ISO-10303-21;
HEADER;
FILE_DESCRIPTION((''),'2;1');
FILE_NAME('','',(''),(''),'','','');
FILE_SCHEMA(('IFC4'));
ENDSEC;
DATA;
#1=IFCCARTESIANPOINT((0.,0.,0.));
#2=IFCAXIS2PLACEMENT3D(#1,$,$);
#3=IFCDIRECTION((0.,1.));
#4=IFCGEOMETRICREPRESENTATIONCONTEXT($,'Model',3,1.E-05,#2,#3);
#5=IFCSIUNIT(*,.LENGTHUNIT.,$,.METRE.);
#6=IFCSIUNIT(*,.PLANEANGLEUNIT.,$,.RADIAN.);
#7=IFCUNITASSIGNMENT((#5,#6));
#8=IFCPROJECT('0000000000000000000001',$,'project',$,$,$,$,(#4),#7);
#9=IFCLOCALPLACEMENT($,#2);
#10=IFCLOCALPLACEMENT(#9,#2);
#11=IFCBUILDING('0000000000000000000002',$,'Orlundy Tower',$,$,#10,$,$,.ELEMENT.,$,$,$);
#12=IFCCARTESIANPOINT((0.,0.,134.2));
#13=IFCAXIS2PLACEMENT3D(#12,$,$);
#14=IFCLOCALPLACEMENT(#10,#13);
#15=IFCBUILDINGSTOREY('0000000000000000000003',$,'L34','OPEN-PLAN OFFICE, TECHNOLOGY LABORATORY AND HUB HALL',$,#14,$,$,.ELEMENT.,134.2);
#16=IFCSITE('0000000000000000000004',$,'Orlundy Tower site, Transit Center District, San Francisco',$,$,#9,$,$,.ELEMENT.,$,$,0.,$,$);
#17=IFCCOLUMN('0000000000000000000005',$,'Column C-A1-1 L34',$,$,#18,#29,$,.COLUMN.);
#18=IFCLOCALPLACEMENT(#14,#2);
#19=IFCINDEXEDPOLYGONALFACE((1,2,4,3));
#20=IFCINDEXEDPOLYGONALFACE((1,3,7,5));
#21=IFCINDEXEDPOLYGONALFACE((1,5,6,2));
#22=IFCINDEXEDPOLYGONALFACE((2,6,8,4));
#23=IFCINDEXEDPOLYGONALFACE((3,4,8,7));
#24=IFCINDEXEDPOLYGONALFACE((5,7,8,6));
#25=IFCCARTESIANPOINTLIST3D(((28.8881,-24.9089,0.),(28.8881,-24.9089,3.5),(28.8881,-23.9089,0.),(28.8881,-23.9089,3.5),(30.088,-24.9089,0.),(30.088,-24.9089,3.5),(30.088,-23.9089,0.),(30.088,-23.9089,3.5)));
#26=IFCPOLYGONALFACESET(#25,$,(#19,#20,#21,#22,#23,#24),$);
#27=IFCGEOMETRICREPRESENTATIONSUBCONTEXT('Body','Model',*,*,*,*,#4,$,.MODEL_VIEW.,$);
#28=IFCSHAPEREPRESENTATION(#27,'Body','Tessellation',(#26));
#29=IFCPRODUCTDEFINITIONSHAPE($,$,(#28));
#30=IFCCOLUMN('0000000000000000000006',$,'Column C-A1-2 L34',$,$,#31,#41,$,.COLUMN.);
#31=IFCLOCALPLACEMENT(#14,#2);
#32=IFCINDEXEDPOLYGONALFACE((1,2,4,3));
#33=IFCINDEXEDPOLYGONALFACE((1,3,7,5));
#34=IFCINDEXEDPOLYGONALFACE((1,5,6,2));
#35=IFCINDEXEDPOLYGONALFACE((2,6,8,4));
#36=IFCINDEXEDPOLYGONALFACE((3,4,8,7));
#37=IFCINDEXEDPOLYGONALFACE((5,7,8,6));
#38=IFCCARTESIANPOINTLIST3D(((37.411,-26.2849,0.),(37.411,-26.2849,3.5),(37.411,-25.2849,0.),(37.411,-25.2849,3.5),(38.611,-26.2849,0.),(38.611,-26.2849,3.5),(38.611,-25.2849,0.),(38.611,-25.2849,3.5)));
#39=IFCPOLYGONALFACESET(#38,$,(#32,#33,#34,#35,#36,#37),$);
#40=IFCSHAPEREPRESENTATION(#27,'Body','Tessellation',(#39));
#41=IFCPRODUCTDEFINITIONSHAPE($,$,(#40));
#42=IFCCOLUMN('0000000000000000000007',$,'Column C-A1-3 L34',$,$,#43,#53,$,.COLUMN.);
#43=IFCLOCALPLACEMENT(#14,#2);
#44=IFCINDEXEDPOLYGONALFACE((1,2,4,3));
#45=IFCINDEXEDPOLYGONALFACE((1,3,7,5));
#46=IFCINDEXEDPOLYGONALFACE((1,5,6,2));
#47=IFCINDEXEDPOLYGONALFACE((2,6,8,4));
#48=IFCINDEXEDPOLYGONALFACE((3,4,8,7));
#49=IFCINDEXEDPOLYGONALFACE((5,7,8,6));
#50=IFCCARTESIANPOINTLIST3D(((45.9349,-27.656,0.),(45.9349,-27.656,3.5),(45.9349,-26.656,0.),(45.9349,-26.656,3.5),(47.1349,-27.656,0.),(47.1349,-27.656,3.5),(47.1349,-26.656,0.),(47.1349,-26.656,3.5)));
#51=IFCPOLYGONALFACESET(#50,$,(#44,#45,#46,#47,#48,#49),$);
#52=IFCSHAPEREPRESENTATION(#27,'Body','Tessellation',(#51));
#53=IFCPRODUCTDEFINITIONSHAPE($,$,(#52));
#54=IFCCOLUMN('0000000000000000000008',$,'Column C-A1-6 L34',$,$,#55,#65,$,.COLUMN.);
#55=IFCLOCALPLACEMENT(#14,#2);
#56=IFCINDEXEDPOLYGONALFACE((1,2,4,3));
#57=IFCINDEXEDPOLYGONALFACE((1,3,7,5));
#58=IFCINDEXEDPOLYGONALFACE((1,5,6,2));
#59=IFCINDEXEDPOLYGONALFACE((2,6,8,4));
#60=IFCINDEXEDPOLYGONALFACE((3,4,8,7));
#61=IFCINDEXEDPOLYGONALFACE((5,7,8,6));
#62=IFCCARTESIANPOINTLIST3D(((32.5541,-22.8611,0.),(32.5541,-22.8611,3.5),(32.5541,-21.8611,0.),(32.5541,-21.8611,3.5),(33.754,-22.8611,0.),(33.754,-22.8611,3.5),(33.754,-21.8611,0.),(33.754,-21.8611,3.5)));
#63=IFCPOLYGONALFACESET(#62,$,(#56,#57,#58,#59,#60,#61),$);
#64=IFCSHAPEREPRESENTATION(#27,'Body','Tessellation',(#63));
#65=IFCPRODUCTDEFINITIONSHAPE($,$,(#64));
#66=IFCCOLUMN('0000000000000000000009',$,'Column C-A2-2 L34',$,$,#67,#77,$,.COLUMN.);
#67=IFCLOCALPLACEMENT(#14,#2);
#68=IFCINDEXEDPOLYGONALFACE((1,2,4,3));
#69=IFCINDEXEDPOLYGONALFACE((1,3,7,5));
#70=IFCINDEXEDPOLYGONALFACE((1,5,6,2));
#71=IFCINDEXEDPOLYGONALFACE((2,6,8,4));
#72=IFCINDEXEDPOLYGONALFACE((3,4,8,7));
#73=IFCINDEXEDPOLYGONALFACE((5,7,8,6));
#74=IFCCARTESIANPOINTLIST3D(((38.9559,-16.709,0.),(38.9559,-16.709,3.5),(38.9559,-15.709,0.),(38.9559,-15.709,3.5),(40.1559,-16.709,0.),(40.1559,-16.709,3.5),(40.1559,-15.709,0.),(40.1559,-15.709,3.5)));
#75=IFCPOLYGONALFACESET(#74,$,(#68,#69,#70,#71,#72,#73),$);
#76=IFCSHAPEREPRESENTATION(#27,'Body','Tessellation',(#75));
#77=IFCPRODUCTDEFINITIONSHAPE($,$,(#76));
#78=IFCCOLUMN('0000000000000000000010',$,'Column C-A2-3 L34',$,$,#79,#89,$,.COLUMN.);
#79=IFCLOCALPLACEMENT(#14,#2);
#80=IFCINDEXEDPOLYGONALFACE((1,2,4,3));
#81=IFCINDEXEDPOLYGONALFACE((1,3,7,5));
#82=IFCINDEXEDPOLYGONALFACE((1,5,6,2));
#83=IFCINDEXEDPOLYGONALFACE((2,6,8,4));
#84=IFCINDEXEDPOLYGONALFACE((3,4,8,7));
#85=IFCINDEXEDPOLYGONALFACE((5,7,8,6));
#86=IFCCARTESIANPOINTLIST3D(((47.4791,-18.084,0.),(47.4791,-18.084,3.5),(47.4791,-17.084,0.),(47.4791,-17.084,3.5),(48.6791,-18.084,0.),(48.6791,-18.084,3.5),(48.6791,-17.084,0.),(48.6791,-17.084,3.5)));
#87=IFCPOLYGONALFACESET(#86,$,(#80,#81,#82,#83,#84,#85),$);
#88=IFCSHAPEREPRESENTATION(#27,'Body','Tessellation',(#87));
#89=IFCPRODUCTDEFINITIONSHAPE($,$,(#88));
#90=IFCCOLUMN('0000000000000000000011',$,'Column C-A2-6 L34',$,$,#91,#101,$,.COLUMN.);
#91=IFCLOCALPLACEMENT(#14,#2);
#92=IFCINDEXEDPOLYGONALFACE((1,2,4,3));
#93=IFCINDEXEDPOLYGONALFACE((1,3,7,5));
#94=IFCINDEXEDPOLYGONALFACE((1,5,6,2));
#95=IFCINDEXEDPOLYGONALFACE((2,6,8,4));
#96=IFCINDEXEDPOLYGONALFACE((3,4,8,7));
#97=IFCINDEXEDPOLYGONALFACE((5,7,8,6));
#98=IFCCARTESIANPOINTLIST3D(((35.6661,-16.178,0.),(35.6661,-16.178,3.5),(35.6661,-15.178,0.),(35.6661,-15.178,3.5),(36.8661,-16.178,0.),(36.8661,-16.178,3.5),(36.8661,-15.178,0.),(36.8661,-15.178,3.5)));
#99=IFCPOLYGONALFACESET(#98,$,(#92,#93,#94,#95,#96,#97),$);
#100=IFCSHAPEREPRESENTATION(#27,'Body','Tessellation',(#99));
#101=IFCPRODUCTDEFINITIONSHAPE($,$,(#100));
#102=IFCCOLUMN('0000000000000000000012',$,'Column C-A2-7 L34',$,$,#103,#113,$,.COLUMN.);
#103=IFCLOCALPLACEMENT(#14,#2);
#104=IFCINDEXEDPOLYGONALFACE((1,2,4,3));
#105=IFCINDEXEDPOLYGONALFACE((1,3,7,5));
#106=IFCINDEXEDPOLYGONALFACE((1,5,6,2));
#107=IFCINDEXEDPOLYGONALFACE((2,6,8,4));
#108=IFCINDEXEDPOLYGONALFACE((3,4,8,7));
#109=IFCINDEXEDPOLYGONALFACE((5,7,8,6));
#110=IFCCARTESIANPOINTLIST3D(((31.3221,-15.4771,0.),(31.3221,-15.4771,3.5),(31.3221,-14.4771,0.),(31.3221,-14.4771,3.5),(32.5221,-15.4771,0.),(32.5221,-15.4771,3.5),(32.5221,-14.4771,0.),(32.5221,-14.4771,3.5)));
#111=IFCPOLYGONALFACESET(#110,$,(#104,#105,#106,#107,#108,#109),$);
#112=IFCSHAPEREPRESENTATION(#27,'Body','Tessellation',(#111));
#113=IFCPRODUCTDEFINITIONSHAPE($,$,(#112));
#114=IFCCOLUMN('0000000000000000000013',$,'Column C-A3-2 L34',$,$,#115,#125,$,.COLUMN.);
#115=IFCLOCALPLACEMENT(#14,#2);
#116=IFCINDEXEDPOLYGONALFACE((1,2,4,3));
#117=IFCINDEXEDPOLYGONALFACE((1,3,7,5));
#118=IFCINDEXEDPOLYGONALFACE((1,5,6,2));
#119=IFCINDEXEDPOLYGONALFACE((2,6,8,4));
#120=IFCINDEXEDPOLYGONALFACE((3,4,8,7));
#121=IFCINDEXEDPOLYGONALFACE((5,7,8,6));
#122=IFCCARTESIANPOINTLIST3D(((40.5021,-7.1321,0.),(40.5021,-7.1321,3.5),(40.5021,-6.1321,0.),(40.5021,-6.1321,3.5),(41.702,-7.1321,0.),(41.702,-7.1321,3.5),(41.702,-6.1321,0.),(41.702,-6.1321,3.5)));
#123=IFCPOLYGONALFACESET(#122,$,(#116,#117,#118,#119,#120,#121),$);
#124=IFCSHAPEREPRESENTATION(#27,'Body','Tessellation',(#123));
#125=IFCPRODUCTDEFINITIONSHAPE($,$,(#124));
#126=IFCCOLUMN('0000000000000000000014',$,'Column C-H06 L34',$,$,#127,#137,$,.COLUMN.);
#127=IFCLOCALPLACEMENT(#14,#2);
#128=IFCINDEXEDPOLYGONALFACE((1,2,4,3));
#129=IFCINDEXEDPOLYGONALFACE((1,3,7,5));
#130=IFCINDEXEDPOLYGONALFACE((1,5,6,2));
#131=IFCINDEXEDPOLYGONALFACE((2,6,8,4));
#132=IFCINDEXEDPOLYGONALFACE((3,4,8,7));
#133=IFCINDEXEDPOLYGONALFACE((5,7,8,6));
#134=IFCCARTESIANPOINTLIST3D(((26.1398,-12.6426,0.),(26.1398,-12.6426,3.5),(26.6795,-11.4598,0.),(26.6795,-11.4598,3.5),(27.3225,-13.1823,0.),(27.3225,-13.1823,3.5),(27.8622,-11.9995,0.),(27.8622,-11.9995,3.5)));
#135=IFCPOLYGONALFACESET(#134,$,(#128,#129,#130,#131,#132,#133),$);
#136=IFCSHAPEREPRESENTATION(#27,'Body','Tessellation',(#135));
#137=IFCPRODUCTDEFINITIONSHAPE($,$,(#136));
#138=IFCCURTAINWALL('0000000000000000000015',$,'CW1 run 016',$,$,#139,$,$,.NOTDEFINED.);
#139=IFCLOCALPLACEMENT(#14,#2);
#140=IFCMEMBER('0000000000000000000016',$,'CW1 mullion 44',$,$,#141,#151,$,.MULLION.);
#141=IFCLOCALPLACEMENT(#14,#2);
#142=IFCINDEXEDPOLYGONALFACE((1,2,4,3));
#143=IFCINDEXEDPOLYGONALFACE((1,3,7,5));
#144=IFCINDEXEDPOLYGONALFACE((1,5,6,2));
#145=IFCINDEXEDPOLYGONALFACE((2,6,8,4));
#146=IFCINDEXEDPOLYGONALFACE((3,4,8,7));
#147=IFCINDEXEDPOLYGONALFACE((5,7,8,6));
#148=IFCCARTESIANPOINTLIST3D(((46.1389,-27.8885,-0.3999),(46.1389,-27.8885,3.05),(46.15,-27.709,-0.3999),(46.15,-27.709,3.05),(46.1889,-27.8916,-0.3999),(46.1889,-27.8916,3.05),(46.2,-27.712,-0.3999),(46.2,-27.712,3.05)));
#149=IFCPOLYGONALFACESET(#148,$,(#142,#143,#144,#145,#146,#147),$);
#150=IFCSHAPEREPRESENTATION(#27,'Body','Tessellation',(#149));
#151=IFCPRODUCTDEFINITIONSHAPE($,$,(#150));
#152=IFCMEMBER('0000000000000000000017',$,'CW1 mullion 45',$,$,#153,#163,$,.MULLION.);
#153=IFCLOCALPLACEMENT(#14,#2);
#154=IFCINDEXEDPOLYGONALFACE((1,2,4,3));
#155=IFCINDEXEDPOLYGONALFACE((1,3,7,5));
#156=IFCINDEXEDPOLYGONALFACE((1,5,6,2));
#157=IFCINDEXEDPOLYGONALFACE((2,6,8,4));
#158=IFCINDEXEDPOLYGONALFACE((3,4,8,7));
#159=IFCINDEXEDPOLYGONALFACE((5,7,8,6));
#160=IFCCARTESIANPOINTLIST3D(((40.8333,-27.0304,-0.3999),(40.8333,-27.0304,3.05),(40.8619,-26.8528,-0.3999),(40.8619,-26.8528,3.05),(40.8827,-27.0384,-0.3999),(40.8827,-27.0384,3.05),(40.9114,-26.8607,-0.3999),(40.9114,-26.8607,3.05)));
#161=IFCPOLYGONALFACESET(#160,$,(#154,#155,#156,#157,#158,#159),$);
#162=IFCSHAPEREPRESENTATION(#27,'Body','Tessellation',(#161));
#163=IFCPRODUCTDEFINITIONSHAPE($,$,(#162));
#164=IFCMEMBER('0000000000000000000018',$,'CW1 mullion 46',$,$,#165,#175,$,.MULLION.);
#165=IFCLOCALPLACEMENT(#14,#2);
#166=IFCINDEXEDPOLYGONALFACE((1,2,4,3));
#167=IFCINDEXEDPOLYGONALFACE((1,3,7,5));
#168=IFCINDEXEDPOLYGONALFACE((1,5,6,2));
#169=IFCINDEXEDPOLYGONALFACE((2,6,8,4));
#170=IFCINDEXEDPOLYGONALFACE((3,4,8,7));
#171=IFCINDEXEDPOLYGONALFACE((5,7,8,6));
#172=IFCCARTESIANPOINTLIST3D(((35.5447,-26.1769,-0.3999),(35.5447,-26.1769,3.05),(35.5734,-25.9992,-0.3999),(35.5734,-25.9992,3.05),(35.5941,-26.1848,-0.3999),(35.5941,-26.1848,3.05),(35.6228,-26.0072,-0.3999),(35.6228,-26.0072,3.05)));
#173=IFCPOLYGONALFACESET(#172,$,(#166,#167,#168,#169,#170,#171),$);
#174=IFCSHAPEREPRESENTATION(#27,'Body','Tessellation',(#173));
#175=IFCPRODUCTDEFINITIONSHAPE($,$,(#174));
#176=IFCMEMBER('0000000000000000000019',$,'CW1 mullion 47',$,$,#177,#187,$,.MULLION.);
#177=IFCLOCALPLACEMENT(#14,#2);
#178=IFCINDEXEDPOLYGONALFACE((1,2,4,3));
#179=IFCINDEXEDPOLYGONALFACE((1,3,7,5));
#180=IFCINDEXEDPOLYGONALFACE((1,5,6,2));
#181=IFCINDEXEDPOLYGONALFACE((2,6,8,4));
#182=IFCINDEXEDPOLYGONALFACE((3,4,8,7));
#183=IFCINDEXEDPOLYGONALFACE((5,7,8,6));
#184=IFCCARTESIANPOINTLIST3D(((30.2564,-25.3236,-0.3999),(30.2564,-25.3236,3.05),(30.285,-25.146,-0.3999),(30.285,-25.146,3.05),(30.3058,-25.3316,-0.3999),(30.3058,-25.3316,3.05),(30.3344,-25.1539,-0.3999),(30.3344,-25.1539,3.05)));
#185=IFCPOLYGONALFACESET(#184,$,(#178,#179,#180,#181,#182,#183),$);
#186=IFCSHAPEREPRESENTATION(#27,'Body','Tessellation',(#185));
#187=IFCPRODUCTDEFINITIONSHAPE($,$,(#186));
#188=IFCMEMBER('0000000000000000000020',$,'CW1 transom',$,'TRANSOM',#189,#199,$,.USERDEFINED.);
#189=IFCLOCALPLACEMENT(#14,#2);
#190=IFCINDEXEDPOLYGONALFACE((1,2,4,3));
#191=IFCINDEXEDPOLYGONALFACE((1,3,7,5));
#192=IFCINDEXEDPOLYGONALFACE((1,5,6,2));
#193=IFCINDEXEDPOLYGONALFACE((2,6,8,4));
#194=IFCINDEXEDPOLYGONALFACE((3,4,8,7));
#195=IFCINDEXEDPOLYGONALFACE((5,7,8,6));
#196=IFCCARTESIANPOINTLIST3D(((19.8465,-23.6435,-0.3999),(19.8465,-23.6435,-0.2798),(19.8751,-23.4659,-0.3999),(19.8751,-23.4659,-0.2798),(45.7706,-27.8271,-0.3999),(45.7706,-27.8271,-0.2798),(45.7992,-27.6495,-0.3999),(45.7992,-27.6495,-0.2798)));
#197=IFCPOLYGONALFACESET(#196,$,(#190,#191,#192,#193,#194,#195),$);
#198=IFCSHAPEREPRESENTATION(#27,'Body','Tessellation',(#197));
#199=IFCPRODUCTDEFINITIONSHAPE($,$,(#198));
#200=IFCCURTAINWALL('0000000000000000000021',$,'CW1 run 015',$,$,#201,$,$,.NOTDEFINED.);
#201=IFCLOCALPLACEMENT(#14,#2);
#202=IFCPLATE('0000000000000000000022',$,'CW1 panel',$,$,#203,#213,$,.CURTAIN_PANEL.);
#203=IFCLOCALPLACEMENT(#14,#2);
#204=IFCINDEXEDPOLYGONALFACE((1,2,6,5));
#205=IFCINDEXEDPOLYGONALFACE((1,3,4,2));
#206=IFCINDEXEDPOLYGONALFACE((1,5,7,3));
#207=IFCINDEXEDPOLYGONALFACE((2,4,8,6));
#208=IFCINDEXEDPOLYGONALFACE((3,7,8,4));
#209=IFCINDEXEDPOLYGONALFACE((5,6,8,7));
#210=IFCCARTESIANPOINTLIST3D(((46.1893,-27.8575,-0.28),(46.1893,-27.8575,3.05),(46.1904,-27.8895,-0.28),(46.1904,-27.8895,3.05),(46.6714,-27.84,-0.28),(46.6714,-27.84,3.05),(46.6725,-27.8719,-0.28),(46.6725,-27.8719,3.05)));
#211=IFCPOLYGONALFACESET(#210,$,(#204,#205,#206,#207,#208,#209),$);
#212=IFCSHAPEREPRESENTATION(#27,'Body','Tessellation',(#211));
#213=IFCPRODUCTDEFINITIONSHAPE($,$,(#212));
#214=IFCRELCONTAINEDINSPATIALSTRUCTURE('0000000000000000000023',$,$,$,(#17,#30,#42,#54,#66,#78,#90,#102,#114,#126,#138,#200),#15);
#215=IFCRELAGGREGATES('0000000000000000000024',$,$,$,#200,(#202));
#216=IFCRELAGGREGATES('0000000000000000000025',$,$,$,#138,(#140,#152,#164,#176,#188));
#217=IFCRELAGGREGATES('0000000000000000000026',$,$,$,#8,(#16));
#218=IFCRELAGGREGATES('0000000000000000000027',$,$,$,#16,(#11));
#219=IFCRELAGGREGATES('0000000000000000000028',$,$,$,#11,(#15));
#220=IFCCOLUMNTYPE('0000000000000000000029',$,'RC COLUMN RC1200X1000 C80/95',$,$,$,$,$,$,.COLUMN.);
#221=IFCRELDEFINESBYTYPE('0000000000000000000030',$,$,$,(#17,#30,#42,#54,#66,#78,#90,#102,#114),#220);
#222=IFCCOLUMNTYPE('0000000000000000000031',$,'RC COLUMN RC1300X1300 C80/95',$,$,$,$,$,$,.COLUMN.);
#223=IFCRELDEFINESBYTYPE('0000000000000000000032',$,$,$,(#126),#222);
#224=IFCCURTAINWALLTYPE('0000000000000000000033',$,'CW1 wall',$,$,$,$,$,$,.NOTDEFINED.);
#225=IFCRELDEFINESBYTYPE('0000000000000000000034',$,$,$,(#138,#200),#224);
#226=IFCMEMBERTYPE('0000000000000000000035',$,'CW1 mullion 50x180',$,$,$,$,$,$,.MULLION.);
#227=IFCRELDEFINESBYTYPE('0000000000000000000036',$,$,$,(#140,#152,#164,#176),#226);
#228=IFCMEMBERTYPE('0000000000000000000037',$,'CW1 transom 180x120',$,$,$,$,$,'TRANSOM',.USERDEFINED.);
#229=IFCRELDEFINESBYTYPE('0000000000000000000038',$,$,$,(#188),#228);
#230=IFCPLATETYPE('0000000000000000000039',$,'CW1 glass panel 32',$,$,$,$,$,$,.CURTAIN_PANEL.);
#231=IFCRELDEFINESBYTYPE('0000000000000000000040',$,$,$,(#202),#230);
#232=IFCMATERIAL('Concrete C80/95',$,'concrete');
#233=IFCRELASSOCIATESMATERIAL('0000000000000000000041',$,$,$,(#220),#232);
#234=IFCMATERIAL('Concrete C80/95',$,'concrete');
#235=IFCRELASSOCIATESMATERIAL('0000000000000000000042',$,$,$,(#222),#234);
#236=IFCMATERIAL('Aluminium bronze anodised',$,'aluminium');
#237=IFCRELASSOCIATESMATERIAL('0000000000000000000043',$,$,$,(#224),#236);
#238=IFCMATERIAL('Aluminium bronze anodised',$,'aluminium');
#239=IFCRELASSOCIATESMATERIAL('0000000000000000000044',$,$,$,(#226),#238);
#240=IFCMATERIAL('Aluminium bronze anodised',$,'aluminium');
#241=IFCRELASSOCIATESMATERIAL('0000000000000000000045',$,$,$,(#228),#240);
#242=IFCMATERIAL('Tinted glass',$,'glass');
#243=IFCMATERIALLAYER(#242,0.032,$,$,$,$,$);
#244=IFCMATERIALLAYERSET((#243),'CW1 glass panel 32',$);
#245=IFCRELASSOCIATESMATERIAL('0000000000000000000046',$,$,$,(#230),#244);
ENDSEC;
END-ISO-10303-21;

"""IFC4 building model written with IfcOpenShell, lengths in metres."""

from ifc_helpers import new_model, si_unit, direction, frame, origin, origin_2d, place, context, subcontext, project, spatial, rectangle, extrude, material, layer, layer_set, material_profile, profile_set, type_object, element, aggregate, save


model = new_model("IFC4")

# Units and contexts
model_context = context("Model", 3, precision=1e-05, world=origin(), true_north=direction((0.0, 1.0)))
body_context = subcontext(model_context, "Body", "Model", "MODEL_VIEW")
ifc_project = project(units=[si_unit("LENGTHUNIT", "METRE"), si_unit("PLANEANGLEUNIT", "RADIAN")], contexts=[model_context])

# Site, building, storey
site_placement = place(None, origin())
site = spatial("IfcSite", under=ifc_project, at=site_placement, Name="Orlundy Tower site, Transit Center District, San Francisco", CompositionType="ELEMENT", RefElevation=0.0)
building_placement = place(site_placement, origin())
building = spatial("IfcBuilding", under=site, at=building_placement, Name="Orlundy Tower", CompositionType="ELEMENT")
storey_placement = place(building_placement, frame((0.0, 0.0, 134.2)))
storey = spatial("IfcBuildingStorey", under=building, at=storey_placement, Name="L34", Description="OPEN-PLAN OFFICE, TECHNOLOGY LABORATORY AND HUB HALL", CompositionType="ELEMENT", Elevation=134.2)

# Columns
ifc_material_1 = material(Name="Concrete C80/95", Category="concrete")
ifc_material_profile_1 = material_profile(ifc_material_1, rectangle(XDim=1.2, YDim=1.0, at=origin_2d()), Name="RC1200X1000")
ifc_profile_set_1 = profile_set([ifc_material_profile_1], Name="Concrete C80/95")
column_type_1 = type_object("IfcColumnType", Name="RC COLUMN RC1200X1000 C80/95", PredefinedType="COLUMN", material=ifc_profile_set_1)
for number, where, z_axis, x_axis, name in (
    (1, (29.488, -24.4089, 0.0), (0.0, 0.0, 1.0), (1.0, 0.0, 0.0), "Column C-A1-1 L34"),
    (2, (38.011, -25.7849, 0.0), (0.0, 0.0, 1.0), (1.0, 0.0, 0.0), "Column C-A1-2 L34"),
    (3, (46.5349, -27.156, 0.0), (0.0, 0.0, 1.0), (1.0, 0.0, 0.0), "Column C-A1-3 L34"),
    (4, (33.1541, -22.3611, 0.0), (0.0, 0.0, 1.0), (1.0, 0.0, 0.0), "Column C-A1-6 L34"),
    (5, (39.5559, -16.209, 0.0), (0.0, 0.0, 1.0), (1.0, 0.0, 0.0), "Column C-A2-2 L34"),
    (6, (48.0791, -17.584, 0.0), (0.0, 0.0, 1.0), (1.0, 0.0, 0.0), "Column C-A2-3 L34"),
    (7, (36.2661, -15.678, 0.0), (0.0, 0.0, 1.0), (1.0, 0.0, 0.0), "Column C-A2-6 L34"),
    (8, (31.9221, -14.9771, 0.0), (0.0, 0.0, 1.0), (1.0, 0.0, 0.0), "Column C-A2-7 L34"),
    (9, (41.1021, -6.6321, 0.0), (0.0, 0.0, 1.0), (1.0, 0.0, 0.0), "Column C-A3-2 L34"),
):
    element("IfcColumn", number, at=place(storey_placement, frame(where, z_axis=z_axis, x_axis=x_axis)), inside=storey, type_object=column_type_1, Name=name, PredefinedType="COLUMN", context=body_context, shape_type="SweptSolid", body=[
        extrude(rectangle(XDim=1.2, YDim=1.0, at=origin_2d()), origin(), (0.0, 0.0, 1.0), 3.5),
    ])
ifc_material_2 = material(Name="Concrete C80/95", Category="concrete")
ifc_material_profile_2 = material_profile(ifc_material_2, rectangle(XDim=1.3, YDim=1.3, at=origin_2d()), Name="RC1300X1300")
ifc_profile_set_2 = profile_set([ifc_material_profile_2], Name="Concrete C80/95")
column_type_2 = type_object("IfcColumnType", Name="RC COLUMN RC1300X1300 C80/95", PredefinedType="COLUMN", material=ifc_profile_set_2)
column_placement = place(storey_placement, frame((27.001, -12.321, 0.0), z_axis=(0.0, 0.0, 1.0), x_axis=(0.909759, -0.415138, 0.0)))
element("IfcColumn", 10, at=column_placement, inside=storey, type_object=column_type_2, Name="Column C-H06 L34", PredefinedType="COLUMN", context=body_context, shape_type="SweptSolid", body=[
    extrude(rectangle(XDim=1.3, YDim=1.3, at=origin_2d()), origin(), (0.0, 0.0, 1.0), 3.5),
])

# Curtain wall, members
ifc_material_3 = material(Name="Aluminium bronze anodised", Category="aluminium")
curtain_wall_type = type_object("IfcCurtainWallType", Name="CW1 wall", PredefinedType="NOTDEFINED", material=ifc_material_3)
curtain_wall_1_placement = place(storey_placement, origin())
curtain_wall_1 = element("IfcCurtainWall", 11, at=curtain_wall_1_placement, inside=storey, type_object=curtain_wall_type, Name="CW1 run 016", PredefinedType="NOTDEFINED")
ifc_material_4 = material(Name="Aluminium bronze anodised", Category="aluminium")
ifc_material_profile_3 = material_profile(ifc_material_4, rectangle(XDim=0.1799, YDim=0.05, at=origin_2d()), Name="CW1 mullion 50x180")
ifc_profile_set_3 = profile_set([ifc_material_profile_3], Name="Aluminium bronze anodised")
member_type_1 = type_object("IfcMemberType", Name="CW1 mullion 50x180", PredefinedType="MULLION", material=ifc_profile_set_3)
member_1_placement = place(storey_placement, frame((46.1694, -27.8003, -0.3999), z_axis=(0.0, 0.0, 1.0), x_axis=(-0.061747, -0.998092, 0.0)))
member_1 = element("IfcMember", 12, at=member_1_placement, type_object=member_type_1, Name="CW1 mullion 44", PredefinedType="MULLION", context=body_context, shape_type="SweptSolid", body=[
    extrude(rectangle(XDim=0.1799, YDim=0.05, at=origin_2d()), origin(), (0.0, 0.0, 1.0), 3.45),
])
member_2_placement = place(storey_placement, frame((40.8723, -26.9456, -0.3999), z_axis=(0.0, 0.0, 1.0), x_axis=(-0.159311, -0.987228, 0.0)))
member_2 = element("IfcMember", 13, at=member_2_placement, type_object=member_type_1, Name="CW1 mullion 45", PredefinedType="MULLION", context=body_context, shape_type="SweptSolid", body=[
    extrude(rectangle(XDim=0.1799, YDim=0.05, at=origin_2d()), origin(), (0.0, 0.0, 1.0), 3.45),
])
member_3_placement = place(storey_placement, frame((35.5837, -26.092, -0.3999), z_axis=(0.0, 0.0, 1.0), x_axis=(-0.159311, -0.987228, 0.0)))
member_3 = element("IfcMember", 14, at=member_3_placement, type_object=member_type_1, Name="CW1 mullion 46", PredefinedType="MULLION", context=body_context, shape_type="SweptSolid", body=[
    extrude(rectangle(XDim=0.1799, YDim=0.05, at=origin_2d()), origin(), (0.0, 0.0, 1.0), 3.45),
])
member_4_placement = place(storey_placement, frame((30.2954, -25.2388, -0.3999), z_axis=(0.0, 0.0, 1.0), x_axis=(-0.159311, -0.987228, 0.0)))
member_4 = element("IfcMember", 15, at=member_4_placement, type_object=member_type_1, Name="CW1 mullion 47", PredefinedType="MULLION", context=body_context, shape_type="SweptSolid", body=[
    extrude(rectangle(XDim=0.1799, YDim=0.05, at=origin_2d()), origin(), (0.0, 0.0, 1.0), 3.45),
])
ifc_material_5 = material(Name="Aluminium bronze anodised", Category="aluminium")
ifc_material_profile_4 = material_profile(ifc_material_5, rectangle(XDim=0.1799, YDim=0.1201, at=origin_2d()), Name="CW1 transom 180x120")
ifc_profile_set_4 = profile_set([ifc_material_profile_4], Name="Aluminium bronze anodised")
member_type_2 = type_object("IfcMemberType", Name="CW1 transom 180x120", ElementType="TRANSOM", PredefinedType="USERDEFINED", material=ifc_profile_set_4)
member_5_placement = place(storey_placement, frame((45.7849, -27.7383, -0.3398), z_axis=(-0.987227, 0.159317, 0.0), x_axis=(-0.159317, -0.987227, 0.0)))
member_5 = element("IfcMember", 16, at=member_5_placement, type_object=member_type_2, Name="CW1 transom", ObjectType="TRANSOM", PredefinedType="USERDEFINED", context=body_context, shape_type="SweptSolid", body=[
    extrude(rectangle(XDim=0.1799, YDim=0.1201, at=origin_2d()), origin(), (0.0, 0.0, 1.0), 26.2595),
])

# Curtain wall, plate
curtain_wall_2_placement = place(storey_placement, origin())
curtain_wall_2 = element("IfcCurtainWall", 17, at=curtain_wall_2_placement, inside=storey, type_object=curtain_wall_type, Name="CW1 run 015", PredefinedType="NOTDEFINED")
ifc_material_6 = material(Name="Tinted glass", Category="glass")
ifc_layer_1 = layer(ifc_material_6, 0.032)
ifc_layer_set_1 = layer_set([ifc_layer_1], Name="CW1 glass panel 32")
plate_type = type_object("IfcPlateType", Name="CW1 glass panel 32", PredefinedType="CURTAIN_PANEL", material=ifc_layer_set_1)
plate_1_placement = place(storey_placement, frame((46.4309, -27.8647, -0.28), z_axis=(0.0, 0.0, 1.0), x_axis=(-0.999337, -0.036413, 0.0)))
plate_1 = element("IfcPlate", 18, at=plate_1_placement, type_object=plate_type, Name="CW1 panel", PredefinedType="CURTAIN_PANEL", context=body_context, shape_type="SweptSolid", body=[
    extrude(rectangle(XDim=0.4824, YDim=0.032, at=origin_2d()), origin(), (0.0, 0.0, 1.0), 3.3301),
])
aggregate(curtain_wall_2, [plate_1])

aggregate(curtain_wall_1, [member_1, member_2, member_3, member_4, member_5])

save(model, "model.ifc")
